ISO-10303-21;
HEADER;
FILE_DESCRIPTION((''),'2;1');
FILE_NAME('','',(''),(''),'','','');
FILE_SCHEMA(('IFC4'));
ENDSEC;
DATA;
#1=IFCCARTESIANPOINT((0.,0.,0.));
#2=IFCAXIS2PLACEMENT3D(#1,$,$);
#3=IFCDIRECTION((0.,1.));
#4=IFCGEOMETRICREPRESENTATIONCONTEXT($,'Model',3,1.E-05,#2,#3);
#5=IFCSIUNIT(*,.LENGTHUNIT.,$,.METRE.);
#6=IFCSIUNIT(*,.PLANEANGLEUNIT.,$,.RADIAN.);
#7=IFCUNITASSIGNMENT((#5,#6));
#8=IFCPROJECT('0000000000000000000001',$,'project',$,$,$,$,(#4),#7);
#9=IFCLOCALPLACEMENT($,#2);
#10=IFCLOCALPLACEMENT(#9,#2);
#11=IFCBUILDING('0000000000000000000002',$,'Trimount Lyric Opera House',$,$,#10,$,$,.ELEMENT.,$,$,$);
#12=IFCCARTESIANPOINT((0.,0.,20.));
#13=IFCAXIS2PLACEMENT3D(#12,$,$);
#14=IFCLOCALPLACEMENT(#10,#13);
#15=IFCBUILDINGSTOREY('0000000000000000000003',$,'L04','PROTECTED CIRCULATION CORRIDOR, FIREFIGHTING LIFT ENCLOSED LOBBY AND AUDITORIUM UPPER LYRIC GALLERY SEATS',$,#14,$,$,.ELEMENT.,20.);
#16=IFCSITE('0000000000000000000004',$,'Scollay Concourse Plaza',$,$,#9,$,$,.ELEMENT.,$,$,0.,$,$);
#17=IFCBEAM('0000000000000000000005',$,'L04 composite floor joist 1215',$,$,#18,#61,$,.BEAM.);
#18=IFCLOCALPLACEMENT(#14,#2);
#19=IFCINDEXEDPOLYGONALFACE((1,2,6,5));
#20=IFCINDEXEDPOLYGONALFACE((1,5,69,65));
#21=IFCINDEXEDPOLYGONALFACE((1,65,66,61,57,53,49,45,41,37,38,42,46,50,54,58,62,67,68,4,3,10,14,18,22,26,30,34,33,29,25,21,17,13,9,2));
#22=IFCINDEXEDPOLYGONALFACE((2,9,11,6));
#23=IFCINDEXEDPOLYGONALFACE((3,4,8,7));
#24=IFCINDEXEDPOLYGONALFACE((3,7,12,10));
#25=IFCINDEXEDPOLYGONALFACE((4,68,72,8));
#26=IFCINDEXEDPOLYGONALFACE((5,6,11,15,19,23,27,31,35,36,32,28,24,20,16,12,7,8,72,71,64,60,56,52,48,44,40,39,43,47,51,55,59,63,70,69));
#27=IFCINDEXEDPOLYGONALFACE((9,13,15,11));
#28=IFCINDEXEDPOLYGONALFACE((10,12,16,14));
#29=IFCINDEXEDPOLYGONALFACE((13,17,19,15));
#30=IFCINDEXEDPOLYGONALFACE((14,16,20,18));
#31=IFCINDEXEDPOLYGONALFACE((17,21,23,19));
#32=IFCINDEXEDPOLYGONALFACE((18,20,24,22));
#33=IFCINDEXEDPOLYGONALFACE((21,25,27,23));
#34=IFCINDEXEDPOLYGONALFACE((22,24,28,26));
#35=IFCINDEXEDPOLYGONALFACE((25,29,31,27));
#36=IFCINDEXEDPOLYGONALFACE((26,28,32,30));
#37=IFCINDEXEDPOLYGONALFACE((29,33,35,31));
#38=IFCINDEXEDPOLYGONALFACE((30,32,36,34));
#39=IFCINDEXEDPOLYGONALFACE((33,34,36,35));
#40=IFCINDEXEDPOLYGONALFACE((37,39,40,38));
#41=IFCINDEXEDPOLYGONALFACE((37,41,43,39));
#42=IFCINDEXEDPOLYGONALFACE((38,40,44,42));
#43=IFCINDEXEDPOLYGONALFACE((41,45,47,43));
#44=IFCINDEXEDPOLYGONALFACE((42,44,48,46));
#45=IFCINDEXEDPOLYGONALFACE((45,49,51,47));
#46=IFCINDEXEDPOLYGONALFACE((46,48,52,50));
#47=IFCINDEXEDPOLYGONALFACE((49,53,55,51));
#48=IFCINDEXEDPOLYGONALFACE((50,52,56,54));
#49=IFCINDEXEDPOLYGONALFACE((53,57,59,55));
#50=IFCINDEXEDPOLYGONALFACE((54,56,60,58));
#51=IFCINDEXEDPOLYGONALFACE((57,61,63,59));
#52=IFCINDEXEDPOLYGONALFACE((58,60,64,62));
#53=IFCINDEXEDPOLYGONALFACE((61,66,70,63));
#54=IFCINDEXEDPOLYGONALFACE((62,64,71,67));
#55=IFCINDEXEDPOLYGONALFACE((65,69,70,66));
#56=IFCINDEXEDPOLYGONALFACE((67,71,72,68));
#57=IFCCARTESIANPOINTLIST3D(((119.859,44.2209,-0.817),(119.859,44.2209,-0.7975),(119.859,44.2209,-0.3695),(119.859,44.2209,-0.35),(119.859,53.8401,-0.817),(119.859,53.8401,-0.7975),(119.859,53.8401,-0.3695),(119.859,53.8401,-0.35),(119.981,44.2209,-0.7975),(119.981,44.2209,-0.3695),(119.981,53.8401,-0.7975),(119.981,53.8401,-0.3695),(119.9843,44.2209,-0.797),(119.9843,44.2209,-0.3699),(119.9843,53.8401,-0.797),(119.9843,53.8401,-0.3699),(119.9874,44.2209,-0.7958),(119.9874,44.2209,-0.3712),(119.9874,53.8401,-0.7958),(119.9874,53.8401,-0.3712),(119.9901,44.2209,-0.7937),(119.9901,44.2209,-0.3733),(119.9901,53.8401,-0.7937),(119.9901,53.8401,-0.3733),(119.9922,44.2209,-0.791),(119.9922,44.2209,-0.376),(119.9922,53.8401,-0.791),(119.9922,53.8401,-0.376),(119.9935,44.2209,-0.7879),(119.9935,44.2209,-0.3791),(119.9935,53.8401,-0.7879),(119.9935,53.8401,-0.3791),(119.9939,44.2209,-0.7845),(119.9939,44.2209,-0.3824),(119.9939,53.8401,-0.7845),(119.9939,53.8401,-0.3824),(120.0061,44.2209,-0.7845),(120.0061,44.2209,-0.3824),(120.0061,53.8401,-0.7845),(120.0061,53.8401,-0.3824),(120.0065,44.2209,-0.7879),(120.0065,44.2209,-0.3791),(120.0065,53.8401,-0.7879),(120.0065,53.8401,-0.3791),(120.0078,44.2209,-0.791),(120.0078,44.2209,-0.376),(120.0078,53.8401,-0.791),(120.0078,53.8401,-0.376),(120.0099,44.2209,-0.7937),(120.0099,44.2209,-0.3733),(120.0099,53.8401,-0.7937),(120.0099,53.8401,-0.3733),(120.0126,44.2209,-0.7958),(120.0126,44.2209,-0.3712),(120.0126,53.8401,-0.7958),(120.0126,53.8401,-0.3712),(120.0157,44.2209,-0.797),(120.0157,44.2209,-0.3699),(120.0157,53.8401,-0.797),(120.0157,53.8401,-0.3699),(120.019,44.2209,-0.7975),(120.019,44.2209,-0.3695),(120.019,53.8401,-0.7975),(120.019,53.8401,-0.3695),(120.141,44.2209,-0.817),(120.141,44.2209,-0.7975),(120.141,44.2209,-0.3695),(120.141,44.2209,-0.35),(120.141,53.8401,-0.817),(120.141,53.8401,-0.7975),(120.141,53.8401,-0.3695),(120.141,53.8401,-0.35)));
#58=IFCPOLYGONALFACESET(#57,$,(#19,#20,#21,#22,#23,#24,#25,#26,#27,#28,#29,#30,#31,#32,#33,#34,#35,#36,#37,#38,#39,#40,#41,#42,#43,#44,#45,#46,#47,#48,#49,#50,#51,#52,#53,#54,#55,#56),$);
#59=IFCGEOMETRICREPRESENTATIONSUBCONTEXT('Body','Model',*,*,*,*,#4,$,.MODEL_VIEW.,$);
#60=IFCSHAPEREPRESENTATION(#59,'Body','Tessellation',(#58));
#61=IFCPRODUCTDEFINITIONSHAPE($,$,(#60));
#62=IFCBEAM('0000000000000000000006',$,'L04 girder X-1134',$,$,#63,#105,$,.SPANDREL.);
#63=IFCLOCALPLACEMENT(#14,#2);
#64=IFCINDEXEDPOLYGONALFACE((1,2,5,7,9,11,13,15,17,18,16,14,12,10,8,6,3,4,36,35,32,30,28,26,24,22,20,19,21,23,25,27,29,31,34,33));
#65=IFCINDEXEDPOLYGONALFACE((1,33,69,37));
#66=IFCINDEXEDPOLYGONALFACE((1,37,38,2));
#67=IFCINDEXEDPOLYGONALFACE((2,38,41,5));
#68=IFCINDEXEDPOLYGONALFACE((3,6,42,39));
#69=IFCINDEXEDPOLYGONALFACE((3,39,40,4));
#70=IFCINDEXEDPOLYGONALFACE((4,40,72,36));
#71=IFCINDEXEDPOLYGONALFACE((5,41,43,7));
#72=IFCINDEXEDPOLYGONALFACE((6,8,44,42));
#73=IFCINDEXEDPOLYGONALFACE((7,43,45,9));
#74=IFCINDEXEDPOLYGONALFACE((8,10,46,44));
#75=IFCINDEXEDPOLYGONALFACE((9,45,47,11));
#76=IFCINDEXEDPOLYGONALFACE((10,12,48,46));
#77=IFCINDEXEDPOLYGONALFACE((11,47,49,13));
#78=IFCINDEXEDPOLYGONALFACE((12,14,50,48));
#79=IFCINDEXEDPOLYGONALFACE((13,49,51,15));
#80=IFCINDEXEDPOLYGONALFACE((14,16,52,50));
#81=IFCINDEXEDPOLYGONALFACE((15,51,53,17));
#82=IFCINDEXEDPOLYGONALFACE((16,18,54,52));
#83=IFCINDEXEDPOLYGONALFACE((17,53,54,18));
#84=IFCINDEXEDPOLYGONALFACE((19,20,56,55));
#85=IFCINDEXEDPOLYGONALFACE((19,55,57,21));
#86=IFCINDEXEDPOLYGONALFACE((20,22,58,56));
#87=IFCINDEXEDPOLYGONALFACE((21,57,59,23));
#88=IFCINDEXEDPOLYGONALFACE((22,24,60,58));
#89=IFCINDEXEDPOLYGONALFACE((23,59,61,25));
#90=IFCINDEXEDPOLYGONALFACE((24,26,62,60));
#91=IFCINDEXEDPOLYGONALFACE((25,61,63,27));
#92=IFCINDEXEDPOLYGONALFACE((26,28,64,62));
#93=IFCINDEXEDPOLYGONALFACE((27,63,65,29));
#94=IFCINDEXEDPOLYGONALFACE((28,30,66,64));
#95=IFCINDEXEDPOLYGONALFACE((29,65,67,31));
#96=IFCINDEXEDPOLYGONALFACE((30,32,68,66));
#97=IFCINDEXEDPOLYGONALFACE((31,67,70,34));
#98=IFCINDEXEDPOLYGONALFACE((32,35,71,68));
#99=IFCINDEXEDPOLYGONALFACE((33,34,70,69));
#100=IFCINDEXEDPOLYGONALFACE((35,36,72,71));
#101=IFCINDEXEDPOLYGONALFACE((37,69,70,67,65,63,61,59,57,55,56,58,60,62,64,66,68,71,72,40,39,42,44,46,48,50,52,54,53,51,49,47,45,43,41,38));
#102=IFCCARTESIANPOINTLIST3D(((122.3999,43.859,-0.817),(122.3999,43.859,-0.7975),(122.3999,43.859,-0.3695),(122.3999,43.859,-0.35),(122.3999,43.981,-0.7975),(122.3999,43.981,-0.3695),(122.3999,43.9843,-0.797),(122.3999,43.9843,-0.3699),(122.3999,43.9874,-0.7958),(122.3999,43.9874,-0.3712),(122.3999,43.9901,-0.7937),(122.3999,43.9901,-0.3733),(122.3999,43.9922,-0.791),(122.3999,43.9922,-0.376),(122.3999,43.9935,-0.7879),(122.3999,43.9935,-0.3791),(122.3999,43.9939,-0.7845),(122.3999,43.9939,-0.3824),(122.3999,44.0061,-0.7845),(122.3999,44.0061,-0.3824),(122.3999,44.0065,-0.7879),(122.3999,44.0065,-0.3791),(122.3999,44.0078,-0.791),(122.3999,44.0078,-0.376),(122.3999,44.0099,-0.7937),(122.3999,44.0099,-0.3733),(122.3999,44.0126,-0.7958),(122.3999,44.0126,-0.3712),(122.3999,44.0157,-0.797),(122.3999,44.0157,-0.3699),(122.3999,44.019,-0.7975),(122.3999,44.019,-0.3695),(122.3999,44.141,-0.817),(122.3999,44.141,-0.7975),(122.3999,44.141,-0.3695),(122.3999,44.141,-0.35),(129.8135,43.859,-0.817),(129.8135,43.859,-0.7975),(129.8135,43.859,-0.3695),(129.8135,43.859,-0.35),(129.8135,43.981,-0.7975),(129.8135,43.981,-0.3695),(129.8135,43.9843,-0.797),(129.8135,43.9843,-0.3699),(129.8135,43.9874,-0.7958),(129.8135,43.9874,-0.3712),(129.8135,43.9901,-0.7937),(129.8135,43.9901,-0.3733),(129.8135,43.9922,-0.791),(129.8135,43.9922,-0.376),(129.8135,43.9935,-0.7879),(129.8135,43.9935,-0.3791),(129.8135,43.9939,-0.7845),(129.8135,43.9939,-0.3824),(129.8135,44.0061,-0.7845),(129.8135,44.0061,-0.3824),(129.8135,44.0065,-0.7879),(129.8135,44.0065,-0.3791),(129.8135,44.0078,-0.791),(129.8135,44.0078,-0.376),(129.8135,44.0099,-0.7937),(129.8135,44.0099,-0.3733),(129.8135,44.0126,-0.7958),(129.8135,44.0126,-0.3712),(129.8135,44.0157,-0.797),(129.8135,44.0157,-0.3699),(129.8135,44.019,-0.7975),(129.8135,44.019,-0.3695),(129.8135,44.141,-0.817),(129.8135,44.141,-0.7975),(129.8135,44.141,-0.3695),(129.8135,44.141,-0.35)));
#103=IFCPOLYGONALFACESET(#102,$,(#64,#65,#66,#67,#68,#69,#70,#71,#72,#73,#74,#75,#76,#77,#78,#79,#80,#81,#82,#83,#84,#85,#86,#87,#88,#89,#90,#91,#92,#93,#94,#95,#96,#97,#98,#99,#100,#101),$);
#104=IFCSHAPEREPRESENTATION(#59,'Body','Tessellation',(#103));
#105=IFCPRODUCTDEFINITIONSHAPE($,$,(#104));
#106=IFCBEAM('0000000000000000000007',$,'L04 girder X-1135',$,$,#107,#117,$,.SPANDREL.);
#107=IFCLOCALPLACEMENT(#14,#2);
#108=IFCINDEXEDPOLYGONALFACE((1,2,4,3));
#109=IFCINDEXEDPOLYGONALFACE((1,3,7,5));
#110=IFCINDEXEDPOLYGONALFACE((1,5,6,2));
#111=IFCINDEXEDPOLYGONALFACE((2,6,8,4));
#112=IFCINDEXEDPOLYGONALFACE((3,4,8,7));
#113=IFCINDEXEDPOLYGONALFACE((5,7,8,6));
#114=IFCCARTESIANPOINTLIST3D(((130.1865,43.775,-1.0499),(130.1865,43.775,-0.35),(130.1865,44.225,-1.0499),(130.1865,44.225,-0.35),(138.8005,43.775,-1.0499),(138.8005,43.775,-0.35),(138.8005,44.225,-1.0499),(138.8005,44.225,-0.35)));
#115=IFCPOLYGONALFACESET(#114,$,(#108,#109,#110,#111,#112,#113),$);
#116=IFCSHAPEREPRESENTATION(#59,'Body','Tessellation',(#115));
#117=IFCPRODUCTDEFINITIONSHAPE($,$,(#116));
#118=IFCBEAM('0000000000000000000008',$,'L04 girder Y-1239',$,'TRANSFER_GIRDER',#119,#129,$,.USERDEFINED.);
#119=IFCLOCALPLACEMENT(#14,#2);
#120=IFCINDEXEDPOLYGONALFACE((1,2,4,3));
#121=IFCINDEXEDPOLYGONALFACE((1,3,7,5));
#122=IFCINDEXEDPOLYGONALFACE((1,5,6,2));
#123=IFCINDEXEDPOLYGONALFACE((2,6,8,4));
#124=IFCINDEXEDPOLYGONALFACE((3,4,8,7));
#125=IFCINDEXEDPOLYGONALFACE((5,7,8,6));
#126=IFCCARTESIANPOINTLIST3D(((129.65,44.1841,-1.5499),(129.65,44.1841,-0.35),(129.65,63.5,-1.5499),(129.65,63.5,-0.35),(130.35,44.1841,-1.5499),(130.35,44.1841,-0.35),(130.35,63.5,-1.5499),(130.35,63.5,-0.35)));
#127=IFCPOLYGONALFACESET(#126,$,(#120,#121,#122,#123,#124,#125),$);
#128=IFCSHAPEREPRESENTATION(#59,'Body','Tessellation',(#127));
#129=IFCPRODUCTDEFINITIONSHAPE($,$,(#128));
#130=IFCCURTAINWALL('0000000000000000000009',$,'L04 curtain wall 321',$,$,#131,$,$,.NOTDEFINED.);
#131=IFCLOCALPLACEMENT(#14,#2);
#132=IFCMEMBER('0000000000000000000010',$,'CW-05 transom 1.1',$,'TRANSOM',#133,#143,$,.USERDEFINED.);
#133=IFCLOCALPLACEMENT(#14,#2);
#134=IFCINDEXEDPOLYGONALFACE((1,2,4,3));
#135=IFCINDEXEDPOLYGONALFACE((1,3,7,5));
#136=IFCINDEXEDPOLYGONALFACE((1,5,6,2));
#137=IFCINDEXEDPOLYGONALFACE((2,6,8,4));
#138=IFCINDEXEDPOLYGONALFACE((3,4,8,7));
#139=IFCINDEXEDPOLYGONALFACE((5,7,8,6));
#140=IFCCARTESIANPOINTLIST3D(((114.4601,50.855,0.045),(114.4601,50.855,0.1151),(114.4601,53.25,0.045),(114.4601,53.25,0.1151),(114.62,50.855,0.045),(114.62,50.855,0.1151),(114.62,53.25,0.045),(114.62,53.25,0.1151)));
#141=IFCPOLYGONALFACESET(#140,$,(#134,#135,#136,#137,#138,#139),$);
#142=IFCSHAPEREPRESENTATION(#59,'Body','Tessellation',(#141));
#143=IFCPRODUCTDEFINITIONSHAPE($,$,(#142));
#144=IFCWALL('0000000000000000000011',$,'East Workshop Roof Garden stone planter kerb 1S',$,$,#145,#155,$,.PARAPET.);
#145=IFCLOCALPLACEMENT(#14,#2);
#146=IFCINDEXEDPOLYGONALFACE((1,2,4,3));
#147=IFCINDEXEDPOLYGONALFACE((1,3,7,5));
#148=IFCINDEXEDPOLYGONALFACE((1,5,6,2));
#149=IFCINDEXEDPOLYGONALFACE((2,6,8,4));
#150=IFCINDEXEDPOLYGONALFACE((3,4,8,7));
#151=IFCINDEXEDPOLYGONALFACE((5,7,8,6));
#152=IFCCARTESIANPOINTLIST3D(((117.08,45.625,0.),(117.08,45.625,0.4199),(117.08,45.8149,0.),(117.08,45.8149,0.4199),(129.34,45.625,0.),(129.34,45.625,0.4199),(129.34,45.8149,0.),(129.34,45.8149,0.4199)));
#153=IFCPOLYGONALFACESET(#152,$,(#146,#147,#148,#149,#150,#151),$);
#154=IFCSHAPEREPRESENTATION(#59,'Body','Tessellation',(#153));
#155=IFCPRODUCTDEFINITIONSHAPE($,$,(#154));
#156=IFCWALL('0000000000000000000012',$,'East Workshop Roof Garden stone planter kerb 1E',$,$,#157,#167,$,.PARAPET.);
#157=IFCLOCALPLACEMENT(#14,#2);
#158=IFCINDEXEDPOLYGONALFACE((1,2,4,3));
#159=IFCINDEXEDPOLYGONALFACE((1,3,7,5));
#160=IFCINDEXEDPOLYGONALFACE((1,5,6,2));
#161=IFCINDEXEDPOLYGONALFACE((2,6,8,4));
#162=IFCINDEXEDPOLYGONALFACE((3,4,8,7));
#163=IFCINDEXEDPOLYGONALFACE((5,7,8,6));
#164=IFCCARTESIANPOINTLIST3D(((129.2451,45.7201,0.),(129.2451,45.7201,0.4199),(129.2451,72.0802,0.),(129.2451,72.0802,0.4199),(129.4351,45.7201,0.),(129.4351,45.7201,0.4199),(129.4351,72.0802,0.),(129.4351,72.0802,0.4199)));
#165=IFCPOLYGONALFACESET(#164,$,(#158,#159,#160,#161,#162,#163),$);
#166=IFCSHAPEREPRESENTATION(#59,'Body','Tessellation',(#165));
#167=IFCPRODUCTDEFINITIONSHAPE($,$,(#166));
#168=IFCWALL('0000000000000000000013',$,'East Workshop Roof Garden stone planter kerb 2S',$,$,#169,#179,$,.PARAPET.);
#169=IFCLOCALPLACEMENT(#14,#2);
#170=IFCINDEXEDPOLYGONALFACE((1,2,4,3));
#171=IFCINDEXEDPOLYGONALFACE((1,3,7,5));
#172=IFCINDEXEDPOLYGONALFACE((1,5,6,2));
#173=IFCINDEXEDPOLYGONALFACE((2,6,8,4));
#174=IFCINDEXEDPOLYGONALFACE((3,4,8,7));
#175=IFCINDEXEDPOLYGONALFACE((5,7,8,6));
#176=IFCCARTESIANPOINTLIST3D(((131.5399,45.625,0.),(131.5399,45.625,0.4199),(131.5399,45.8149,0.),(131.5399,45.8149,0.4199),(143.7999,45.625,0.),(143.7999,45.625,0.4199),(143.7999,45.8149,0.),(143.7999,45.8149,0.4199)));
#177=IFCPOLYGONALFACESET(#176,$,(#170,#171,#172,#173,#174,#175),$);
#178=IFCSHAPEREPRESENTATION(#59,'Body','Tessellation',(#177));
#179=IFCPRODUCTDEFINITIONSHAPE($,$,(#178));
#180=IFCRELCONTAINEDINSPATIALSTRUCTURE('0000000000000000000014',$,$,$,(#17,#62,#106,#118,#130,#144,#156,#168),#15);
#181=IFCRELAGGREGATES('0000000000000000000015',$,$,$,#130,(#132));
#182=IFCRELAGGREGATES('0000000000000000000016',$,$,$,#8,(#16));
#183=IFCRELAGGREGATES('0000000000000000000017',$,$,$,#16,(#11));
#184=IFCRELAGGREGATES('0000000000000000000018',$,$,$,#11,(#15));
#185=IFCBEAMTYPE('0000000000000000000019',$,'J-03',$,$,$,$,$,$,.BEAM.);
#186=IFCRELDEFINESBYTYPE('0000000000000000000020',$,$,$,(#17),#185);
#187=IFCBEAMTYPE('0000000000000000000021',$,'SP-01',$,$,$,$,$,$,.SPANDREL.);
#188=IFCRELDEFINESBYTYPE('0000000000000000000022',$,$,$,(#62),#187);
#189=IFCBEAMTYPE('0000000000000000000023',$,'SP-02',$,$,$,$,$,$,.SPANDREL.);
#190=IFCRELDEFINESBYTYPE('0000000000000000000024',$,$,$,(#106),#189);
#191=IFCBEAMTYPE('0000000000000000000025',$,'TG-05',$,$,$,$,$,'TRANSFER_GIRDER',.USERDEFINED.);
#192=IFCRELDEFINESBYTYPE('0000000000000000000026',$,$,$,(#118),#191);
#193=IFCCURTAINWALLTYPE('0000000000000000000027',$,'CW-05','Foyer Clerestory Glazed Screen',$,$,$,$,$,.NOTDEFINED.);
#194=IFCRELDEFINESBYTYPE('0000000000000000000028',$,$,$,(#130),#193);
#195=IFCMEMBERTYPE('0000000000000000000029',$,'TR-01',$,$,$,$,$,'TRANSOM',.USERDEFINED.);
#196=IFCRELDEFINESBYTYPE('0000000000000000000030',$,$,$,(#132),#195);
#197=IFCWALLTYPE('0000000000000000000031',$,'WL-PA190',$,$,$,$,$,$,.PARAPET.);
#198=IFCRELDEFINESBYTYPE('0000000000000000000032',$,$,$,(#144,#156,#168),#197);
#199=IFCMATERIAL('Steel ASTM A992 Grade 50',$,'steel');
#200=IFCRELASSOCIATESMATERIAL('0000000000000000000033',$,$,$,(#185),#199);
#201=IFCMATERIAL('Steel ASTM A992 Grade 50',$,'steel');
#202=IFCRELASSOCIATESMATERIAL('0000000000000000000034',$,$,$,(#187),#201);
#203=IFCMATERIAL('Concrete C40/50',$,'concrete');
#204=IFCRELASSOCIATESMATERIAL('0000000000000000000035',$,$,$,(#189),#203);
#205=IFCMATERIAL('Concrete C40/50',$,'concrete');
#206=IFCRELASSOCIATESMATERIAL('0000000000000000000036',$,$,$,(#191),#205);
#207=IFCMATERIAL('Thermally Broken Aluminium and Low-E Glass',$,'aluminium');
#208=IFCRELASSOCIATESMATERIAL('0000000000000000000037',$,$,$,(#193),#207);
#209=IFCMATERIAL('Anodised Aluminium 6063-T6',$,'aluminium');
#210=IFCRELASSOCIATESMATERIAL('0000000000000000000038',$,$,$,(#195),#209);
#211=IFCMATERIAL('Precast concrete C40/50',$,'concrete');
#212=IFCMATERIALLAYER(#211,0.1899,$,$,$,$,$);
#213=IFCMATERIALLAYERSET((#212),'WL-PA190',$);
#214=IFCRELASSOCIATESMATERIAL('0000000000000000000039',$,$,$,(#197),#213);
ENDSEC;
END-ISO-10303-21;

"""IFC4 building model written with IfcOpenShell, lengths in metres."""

from ifc_helpers import new_model, si_unit, direction, frame, frame_2d, origin, origin_2d, place, context, subcontext, project, spatial, rectangle, i_section, extrude, material, layer, layer_set, material_profile, profile_set, type_object, element, aggregate, save


model = new_model("IFC4")

# Units and contexts
model_context = context("Model", 3, precision=1e-05, world=origin(), true_north=direction((0.0, 1.0)))
body_context = subcontext(model_context, "Body", "Model", "MODEL_VIEW")
ifc_project = project(units=[si_unit("LENGTHUNIT", "METRE"), si_unit("PLANEANGLEUNIT", "RADIAN")], contexts=[model_context])

# Site, building, storey
site_placement = place(None, origin())
site = spatial("IfcSite", under=ifc_project, at=site_placement, Name="Scollay Concourse Plaza", CompositionType="ELEMENT", RefElevation=0.0)
building_placement = place(site_placement, origin())
building = spatial("IfcBuilding", under=site, at=building_placement, Name="Trimount Lyric Opera House", CompositionType="ELEMENT")
storey_placement = place(building_placement, frame((0.0, 0.0, 20.0)))
storey = spatial("IfcBuildingStorey", under=building, at=storey_placement, Name="L04", Description="PROTECTED CIRCULATION CORRIDOR, FIREFIGHTING LIFT ENCLOSED LOBBY AND AUDITORIUM UPPER LYRIC GALLERY SEATS", CompositionType="ELEMENT", Elevation=20.0)

# Beams
ifc_material_1 = material(Name="Steel ASTM A992 Grade 50", Category="steel")
ifc_material_profile_1 = material_profile(ifc_material_1, i_section(OverallWidth=0.282, OverallDepth=0.467, WebThickness=0.0122, FlangeThickness=0.0195, FilletRadius=0.0129, at=origin_2d()), Name="W18X86")
ifc_profile_set_1 = profile_set([ifc_material_profile_1], Name="Steel ASTM A992 Grade 50")
beam_type_1 = type_object("IfcBeamType", Name="J-03", PredefinedType="BEAM", material=ifc_profile_set_1)
beam_1_placement = place(storey_placement, frame((120.0, 44.2209, -0.5835), z_axis=(0.0, 1.0, 0.0), x_axis=(-1.0, 0.0, 0.0)))
element("IfcBeam", 1, at=beam_1_placement, inside=storey, type_object=beam_type_1, Name="L04 composite floor joist 1215", PredefinedType="BEAM", context=body_context, shape_type="SweptSolid", body=[
    extrude(i_section(OverallWidth=0.282, OverallDepth=0.467, WebThickness=0.0122, FlangeThickness=0.0195, FilletRadius=0.0129, at=origin_2d()), origin(), (0.0, 0.0, 1.0), 9.6191),
])
ifc_material_2 = material(Name="Steel ASTM A992 Grade 50", Category="steel")
ifc_material_profile_2 = material_profile(ifc_material_2, i_section(OverallWidth=0.282, OverallDepth=0.467, WebThickness=0.0122, FlangeThickness=0.0195, FilletRadius=0.0129, at=origin_2d()), Name="W18X86")
ifc_profile_set_2 = profile_set([ifc_material_profile_2], Name="Steel ASTM A992 Grade 50")
beam_type_2 = type_object("IfcBeamType", Name="SP-01", PredefinedType="SPANDREL", material=ifc_profile_set_2)
beam_2_placement = place(storey_placement, frame((122.3999, 44.0, -0.5835), z_axis=(1.0, 0.0, 0.0), x_axis=(0.0, 1.0, 0.0)))
element("IfcBeam", 2, at=beam_2_placement, inside=storey, type_object=beam_type_2, Name="L04 girder X-1134", PredefinedType="SPANDREL", context=body_context, shape_type="SweptSolid", body=[
    extrude(i_section(OverallWidth=0.282, OverallDepth=0.467, WebThickness=0.0122, FlangeThickness=0.0195, FilletRadius=0.0129, at=origin_2d()), origin(), (0.0, 0.0, 1.0), 7.4136),
])
ifc_material_3 = material(Name="Concrete C40/50", Category="concrete")
ifc_material_profile_3 = material_profile(ifc_material_3, rectangle(XDim=0.45, YDim=0.7, at=origin_2d()), Name="RC450X700")
ifc_profile_set_3 = profile_set([ifc_material_profile_3], Name="Concrete C40/50")
beam_type_3 = type_object("IfcBeamType", Name="SP-02", PredefinedType="SPANDREL", material=ifc_profile_set_3)
beam_3_placement = place(storey_placement, frame((130.1865, 44.0, -0.7), z_axis=(1.0, 0.0, 0.0), x_axis=(0.0, 1.0, 0.0)))
element("IfcBeam", 3, at=beam_3_placement, inside=storey, type_object=beam_type_3, Name="L04 girder X-1135", PredefinedType="SPANDREL", context=body_context, shape_type="SweptSolid", body=[
    extrude(rectangle(XDim=0.45, YDim=0.7, at=origin_2d()), origin(), (0.0, 0.0, 1.0), 8.614),
])
ifc_material_4 = material(Name="Concrete C40/50", Category="concrete")
ifc_material_profile_4 = material_profile(ifc_material_4, rectangle(XDim=0.7, YDim=1.2, at=origin_2d()), Name="RC700X1200")
ifc_profile_set_4 = profile_set([ifc_material_profile_4], Name="Concrete C40/50")
beam_type_4 = type_object("IfcBeamType", Name="TG-05", ElementType="TRANSFER_GIRDER", PredefinedType="USERDEFINED", material=ifc_profile_set_4)
beam_4_placement = place(storey_placement, frame((130.0, 44.1841, -0.95), z_axis=(0.0, 1.0, 0.0), x_axis=(-1.0, 0.0, 0.0)))
element("IfcBeam", 4, at=beam_4_placement, inside=storey, type_object=beam_type_4, Name="L04 girder Y-1239", ObjectType="TRANSFER_GIRDER", PredefinedType="USERDEFINED", context=body_context, shape_type="SweptSolid", body=[
    extrude(rectangle(XDim=0.7, YDim=1.2, at=origin_2d()), origin(), (0.0, 0.0, 1.0), 19.3159),
])

# Curtain wall, member
ifc_material_5 = material(Name="Thermally Broken Aluminium and Low-E Glass", Category="aluminium")
curtain_wall_type = type_object("IfcCurtainWallType", Name="CW-05", Description="Foyer Clerestory Glazed Screen", PredefinedType="NOTDEFINED", material=ifc_material_5)
curtain_wall_placement = place(storey_placement, origin())
curtain_wall = element("IfcCurtainWall", 5, at=curtain_wall_placement, inside=storey, type_object=curtain_wall_type, Name="L04 curtain wall 321", PredefinedType="NOTDEFINED")
ifc_material_6 = material(Name="Anodised Aluminium 6063-T6", Category="aluminium")
ifc_material_profile_5 = material_profile(ifc_material_6, rectangle(XDim=0.1599, YDim=0.0701, at=origin_2d()), Name="ALU-TRAN-70X160")
ifc_profile_set_5 = profile_set([ifc_material_profile_5], Name="Anodised Aluminium 6063-T6")
member_type = type_object("IfcMemberType", Name="TR-01", ElementType="TRANSOM", PredefinedType="USERDEFINED", material=ifc_profile_set_5)
member_placement = place(storey_placement, frame((114.54, 53.25, 0.0801), z_axis=(0.0, -1.0, 0.0), x_axis=(1.0, 0.0, 0.0)))
member = element("IfcMember", 6, at=member_placement, type_object=member_type, Name="CW-05 transom 1.1", ObjectType="TRANSOM", PredefinedType="USERDEFINED", context=body_context, shape_type="SweptSolid", body=[
    extrude(rectangle(XDim=0.1599, YDim=0.0701, at=origin_2d()), origin(), (0.0, 0.0, 1.0), 2.395),
])
aggregate(curtain_wall, [member])

# Walls
ifc_material_7 = material(Name="Precast concrete C40/50", Category="concrete")
ifc_layer_1 = layer(ifc_material_7, 0.1899)
ifc_layer_set_1 = layer_set([ifc_layer_1], Name="WL-PA190")
wall_type_1 = type_object("IfcWallType", Name="WL-PA190", PredefinedType="PARAPET", material=ifc_layer_set_1)
wall_1_placement = place(storey_placement, frame((117.0801, 45.72, 0.0), z_axis=(0.0, 0.0, 1.0), x_axis=(1.0, 0.0, 0.0)))
element("IfcWall", 7, at=wall_1_placement, inside=storey, type_object=wall_type_1, Name="East Workshop Roof Garden stone planter kerb 1S", PredefinedType="PARAPET", context=body_context, shape_type="SweptSolid", body=[
    extrude(rectangle(XDim=12.26, YDim=0.1899, at=frame_2d((6.1299, 0.0))), origin(), (0.0, 0.0, 1.0), 0.4199),
])
wall_2_placement = place(storey_placement, frame((129.3401, 45.72, 0.0), z_axis=(0.0, 0.0, 1.0), x_axis=(0.0, 1.0, 0.0)))
element("IfcWall", 8, at=wall_2_placement, inside=storey, type_object=wall_type_1, Name="East Workshop Roof Garden stone planter kerb 1E", PredefinedType="PARAPET", context=body_context, shape_type="SweptSolid", body=[
    extrude(rectangle(XDim=26.3601, YDim=0.1899, at=frame_2d((13.1802, 0.0))), origin(), (0.0, 0.0, 1.0), 0.4199),
])
wall_3_placement = place(storey_placement, frame((131.54, 45.72, 0.0), z_axis=(0.0, 0.0, 1.0), x_axis=(1.0, 0.0, 0.0)))
element("IfcWall", 9, at=wall_3_placement, inside=storey, type_object=wall_type_1, Name="East Workshop Roof Garden stone planter kerb 2S", PredefinedType="PARAPET", context=body_context, shape_type="SweptSolid", body=[
    extrude(rectangle(XDim=12.26, YDim=0.1899, at=frame_2d((6.1299, 0.0))), origin(), (0.0, 0.0, 1.0), 0.4199),
])

save(model, "model.ifc")
